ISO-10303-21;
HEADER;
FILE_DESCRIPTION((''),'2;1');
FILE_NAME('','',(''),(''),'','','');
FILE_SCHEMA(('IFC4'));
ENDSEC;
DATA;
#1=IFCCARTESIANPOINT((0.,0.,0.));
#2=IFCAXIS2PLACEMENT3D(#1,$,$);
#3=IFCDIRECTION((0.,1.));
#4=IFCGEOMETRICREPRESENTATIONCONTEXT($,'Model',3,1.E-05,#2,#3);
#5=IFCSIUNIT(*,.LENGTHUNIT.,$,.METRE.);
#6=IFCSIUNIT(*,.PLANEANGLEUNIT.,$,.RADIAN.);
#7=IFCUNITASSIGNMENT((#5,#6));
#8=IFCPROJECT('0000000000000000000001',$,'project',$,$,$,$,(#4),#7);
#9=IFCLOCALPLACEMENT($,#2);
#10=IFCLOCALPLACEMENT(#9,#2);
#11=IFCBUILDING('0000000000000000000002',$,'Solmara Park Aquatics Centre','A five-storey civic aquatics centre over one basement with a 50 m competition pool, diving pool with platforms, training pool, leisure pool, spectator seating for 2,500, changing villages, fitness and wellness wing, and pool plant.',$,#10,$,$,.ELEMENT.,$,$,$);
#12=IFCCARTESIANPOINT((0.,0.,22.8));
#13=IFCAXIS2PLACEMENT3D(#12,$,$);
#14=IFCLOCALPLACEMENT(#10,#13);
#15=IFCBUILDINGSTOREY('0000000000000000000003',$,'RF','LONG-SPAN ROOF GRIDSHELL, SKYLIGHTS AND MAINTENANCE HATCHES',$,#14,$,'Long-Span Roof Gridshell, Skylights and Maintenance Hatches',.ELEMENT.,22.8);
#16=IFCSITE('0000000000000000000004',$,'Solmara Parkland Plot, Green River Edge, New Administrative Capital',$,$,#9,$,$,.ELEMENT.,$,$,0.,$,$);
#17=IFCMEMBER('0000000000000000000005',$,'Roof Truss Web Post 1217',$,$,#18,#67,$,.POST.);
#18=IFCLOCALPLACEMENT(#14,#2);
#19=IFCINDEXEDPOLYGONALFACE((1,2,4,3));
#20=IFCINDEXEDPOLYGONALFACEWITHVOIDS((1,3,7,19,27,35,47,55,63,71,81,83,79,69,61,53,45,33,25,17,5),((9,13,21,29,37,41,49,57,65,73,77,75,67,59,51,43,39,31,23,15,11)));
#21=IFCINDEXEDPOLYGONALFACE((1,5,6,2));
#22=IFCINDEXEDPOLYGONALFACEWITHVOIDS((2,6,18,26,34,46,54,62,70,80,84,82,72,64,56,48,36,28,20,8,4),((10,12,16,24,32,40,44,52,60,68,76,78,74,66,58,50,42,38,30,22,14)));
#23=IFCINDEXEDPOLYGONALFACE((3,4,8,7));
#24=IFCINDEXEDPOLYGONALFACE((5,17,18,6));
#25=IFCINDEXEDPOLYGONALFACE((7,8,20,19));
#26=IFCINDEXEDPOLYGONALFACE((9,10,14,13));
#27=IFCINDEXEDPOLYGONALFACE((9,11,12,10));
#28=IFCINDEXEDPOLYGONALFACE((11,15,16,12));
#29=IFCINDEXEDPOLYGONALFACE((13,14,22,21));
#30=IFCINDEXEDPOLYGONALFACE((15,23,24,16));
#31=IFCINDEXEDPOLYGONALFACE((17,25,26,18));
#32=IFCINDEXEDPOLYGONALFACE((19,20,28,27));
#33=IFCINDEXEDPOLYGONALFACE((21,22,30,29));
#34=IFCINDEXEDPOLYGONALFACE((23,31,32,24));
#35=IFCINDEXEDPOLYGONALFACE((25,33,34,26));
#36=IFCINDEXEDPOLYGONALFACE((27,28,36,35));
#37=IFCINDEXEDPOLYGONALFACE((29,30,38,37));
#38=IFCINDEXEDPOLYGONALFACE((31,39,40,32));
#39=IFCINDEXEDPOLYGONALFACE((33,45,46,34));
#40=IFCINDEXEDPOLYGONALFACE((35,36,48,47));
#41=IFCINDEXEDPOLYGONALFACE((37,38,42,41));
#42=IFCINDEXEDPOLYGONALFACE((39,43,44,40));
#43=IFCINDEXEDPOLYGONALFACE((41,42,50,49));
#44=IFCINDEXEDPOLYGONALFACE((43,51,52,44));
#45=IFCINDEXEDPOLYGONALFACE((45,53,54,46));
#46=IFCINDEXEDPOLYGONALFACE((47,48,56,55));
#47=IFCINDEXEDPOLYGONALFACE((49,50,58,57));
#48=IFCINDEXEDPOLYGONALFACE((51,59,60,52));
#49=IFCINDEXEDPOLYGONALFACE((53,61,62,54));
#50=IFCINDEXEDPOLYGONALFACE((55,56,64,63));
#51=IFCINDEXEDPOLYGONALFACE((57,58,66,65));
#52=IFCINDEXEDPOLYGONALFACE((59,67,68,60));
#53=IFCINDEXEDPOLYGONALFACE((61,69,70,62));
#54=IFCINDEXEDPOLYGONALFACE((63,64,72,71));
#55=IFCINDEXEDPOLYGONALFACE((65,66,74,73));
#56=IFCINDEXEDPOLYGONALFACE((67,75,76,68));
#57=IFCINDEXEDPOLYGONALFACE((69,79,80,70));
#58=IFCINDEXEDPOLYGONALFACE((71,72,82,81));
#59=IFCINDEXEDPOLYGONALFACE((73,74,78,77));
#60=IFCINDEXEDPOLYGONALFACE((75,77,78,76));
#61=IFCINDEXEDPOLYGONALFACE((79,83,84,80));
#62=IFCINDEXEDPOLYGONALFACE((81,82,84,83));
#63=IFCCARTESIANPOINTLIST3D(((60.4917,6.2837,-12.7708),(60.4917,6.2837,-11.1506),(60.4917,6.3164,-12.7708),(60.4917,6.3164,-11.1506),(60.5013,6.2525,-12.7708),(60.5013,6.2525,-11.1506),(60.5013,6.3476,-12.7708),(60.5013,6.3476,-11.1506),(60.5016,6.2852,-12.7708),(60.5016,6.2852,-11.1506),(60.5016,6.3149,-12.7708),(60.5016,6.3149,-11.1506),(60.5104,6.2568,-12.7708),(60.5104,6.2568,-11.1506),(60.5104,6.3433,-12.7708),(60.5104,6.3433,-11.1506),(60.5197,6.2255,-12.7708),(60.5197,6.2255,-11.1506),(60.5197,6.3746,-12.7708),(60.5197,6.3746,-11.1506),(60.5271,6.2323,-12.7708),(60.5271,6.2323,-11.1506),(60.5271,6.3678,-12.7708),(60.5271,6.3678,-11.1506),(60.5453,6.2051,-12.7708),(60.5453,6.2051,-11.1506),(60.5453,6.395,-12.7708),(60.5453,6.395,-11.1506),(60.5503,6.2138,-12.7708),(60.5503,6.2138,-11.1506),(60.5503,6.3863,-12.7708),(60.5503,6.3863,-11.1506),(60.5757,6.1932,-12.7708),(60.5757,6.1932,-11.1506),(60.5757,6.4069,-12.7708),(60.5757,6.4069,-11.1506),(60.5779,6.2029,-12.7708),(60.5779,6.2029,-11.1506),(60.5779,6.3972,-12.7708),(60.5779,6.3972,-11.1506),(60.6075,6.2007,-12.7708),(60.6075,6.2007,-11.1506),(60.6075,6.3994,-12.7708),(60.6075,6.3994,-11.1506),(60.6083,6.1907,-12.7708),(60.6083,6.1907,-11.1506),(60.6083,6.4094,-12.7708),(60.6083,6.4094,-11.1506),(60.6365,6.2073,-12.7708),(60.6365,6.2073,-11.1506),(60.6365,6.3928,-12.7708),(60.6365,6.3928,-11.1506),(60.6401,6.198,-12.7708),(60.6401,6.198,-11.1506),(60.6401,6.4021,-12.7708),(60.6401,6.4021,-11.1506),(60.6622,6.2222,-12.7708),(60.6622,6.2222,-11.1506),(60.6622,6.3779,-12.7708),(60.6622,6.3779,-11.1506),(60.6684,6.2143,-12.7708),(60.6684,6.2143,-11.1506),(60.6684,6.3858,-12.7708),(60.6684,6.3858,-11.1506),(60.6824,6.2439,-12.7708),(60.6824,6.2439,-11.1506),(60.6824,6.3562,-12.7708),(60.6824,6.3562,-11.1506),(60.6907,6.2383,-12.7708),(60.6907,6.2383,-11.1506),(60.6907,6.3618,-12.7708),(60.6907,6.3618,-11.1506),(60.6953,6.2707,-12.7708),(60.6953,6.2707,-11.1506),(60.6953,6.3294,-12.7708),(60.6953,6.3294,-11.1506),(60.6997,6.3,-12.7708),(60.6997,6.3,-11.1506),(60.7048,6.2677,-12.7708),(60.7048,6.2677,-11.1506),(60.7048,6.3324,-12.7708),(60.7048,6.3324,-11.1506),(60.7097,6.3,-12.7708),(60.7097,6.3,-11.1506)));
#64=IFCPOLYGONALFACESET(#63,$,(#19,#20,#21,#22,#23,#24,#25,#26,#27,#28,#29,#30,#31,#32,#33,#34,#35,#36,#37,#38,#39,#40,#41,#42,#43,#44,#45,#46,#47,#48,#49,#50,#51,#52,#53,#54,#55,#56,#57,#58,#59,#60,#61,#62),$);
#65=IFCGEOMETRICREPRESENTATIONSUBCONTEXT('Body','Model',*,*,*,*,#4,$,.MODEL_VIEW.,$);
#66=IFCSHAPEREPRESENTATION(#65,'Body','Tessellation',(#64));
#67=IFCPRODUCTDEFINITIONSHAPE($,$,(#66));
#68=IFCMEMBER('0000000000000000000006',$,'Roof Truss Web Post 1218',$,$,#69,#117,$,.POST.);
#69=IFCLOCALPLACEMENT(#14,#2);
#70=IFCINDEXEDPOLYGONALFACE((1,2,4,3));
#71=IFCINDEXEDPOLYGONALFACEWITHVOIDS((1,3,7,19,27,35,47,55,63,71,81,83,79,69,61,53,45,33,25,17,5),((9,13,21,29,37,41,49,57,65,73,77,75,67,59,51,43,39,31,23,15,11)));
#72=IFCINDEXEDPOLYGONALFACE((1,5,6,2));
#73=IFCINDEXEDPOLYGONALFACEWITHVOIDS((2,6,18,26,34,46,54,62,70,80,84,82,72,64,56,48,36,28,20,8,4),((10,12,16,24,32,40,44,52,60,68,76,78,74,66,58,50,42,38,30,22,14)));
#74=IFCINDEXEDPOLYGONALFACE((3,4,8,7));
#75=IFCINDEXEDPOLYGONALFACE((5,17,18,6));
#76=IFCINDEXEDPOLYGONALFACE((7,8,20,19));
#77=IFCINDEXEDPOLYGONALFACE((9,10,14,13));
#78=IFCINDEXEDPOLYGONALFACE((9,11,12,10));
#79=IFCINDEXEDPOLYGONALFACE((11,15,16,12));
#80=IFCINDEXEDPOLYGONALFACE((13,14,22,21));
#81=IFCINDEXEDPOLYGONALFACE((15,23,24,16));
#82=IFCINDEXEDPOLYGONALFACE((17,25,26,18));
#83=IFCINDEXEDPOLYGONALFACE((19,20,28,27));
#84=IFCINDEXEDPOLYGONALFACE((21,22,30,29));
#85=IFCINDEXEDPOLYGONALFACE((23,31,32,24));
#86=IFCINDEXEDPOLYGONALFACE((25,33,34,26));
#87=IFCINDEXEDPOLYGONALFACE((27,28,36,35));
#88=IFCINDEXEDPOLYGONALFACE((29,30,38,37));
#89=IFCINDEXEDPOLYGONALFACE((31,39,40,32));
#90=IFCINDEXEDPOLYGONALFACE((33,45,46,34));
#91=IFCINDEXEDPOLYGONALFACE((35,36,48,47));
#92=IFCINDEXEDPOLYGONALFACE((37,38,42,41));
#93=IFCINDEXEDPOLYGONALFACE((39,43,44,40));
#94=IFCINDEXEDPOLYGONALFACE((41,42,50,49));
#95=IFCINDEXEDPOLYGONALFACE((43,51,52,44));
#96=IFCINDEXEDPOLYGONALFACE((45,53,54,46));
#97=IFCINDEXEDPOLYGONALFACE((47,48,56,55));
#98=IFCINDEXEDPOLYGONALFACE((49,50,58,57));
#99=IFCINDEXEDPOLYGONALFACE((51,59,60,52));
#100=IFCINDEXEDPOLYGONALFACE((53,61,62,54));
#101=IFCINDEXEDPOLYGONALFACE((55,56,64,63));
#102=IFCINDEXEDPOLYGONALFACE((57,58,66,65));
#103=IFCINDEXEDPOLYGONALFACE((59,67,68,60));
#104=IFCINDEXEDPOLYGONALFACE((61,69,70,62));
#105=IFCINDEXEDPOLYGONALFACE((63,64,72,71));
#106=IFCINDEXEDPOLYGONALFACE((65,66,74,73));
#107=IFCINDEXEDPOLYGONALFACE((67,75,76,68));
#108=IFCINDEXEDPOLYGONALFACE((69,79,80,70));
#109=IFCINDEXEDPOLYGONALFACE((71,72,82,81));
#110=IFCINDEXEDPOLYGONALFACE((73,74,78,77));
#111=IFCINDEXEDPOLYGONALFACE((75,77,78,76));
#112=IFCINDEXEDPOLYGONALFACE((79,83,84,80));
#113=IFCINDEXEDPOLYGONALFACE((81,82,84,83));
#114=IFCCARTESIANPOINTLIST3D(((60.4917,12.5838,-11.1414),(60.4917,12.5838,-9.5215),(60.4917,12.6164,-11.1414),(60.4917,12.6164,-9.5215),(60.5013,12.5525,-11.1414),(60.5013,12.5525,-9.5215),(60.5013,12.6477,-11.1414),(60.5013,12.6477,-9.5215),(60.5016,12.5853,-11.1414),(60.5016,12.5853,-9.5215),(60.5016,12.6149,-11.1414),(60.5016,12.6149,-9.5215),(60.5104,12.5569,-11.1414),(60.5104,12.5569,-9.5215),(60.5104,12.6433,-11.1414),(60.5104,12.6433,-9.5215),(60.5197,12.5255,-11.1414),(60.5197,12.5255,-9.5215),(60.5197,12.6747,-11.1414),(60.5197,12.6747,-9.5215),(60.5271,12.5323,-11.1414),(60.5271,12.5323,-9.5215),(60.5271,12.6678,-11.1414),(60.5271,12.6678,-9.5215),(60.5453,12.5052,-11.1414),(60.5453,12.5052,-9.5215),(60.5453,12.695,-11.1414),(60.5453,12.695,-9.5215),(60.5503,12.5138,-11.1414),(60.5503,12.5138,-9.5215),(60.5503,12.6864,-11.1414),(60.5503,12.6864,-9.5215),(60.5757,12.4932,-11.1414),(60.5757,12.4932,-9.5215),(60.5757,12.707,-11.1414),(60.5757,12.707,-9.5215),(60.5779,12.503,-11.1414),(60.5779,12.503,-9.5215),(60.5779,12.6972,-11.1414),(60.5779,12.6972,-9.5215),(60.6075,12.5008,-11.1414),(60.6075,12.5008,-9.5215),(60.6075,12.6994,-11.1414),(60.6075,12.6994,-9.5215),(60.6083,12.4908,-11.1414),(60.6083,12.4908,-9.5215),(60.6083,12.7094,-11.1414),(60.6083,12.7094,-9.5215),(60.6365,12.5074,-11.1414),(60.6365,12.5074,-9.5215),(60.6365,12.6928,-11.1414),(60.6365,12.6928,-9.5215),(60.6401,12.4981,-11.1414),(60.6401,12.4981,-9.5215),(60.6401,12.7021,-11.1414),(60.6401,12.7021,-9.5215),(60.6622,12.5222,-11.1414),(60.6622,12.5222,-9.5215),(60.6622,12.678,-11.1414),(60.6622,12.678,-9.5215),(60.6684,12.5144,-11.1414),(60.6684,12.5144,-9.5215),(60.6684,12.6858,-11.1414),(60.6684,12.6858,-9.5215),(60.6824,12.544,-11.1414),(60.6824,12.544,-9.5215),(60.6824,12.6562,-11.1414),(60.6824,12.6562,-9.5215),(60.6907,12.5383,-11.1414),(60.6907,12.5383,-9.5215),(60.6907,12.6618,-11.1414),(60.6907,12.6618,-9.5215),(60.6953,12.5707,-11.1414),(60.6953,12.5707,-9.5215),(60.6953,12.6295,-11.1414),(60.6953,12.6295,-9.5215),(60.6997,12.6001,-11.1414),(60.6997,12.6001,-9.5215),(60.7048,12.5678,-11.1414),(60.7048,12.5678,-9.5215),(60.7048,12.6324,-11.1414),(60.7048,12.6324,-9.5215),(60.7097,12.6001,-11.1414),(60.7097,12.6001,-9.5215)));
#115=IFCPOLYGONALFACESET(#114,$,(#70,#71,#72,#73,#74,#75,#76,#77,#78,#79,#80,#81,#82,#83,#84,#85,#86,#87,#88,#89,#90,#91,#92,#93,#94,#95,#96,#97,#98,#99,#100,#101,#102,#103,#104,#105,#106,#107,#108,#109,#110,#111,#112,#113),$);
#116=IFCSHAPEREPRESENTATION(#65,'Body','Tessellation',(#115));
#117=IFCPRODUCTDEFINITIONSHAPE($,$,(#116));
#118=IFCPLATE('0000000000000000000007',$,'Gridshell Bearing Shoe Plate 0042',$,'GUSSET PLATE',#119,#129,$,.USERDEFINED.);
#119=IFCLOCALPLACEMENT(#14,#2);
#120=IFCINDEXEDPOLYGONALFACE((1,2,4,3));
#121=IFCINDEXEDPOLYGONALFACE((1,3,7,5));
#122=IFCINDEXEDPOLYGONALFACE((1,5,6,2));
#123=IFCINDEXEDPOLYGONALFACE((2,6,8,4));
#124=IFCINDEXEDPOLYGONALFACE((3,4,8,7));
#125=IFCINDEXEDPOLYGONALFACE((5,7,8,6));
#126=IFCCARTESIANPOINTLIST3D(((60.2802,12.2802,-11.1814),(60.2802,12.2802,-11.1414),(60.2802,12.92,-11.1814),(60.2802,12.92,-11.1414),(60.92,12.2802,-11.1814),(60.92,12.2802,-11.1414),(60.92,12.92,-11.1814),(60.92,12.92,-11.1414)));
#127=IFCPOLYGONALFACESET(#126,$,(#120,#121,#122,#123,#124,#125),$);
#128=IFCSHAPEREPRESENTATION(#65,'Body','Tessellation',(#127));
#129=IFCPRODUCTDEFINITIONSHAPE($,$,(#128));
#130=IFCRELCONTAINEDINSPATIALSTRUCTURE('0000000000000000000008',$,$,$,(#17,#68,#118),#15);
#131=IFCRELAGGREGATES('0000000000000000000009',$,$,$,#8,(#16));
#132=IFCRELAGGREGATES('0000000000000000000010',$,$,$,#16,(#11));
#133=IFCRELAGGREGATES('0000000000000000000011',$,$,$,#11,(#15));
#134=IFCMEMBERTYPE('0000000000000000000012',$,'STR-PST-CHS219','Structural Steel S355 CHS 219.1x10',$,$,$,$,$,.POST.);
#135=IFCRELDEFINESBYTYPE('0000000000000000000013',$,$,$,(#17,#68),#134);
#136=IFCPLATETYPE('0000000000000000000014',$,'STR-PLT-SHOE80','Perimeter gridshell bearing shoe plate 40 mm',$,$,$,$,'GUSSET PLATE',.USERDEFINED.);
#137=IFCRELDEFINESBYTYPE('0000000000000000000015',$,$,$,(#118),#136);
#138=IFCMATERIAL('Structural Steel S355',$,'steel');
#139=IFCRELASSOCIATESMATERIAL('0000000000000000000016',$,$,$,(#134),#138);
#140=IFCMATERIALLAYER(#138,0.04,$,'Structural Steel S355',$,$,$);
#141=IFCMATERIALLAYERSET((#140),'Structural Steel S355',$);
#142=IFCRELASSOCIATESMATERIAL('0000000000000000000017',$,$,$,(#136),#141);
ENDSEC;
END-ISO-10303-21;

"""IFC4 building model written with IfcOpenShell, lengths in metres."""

from ifc_helpers import new_model, si_unit, direction, frame, origin, origin_2d, place, context, subcontext, project, spatial, rectangle, hollow_circle, extrude, material, layer, layer_set, material_profile, profile_set, type_object, element, save


model = new_model("IFC4")

# Units and contexts
model_context = context("Model", 3, precision=1e-05, world=origin(), true_north=direction((0.0, 1.0)))
body_context = subcontext(model_context, "Body", "Model", "MODEL_VIEW")
ifc_project = project(units=[si_unit("LENGTHUNIT", "METRE"), si_unit("PLANEANGLEUNIT", "RADIAN")], contexts=[model_context])

# Site, building, storey
site_placement = place(None, origin())
site = spatial("IfcSite", under=ifc_project, at=site_placement, Name="Solmara Parkland Plot, Green River Edge, New Administrative Capital", CompositionType="ELEMENT", RefElevation=0.0)
building_placement = place(site_placement, origin())
building = spatial("IfcBuilding", under=site, at=building_placement, Name="Solmara Park Aquatics Centre", Description="A five-storey civic aquatics centre over one basement with a 50 m competition pool, diving pool with platforms, training pool, leisure pool, spectator seating for 2,500, changing villages, fitness and wellness wing, and pool plant.", CompositionType="ELEMENT")
storey_placement = place(building_placement, frame((0.0, 0.0, 22.8)))
storey = spatial("IfcBuildingStorey", under=building, at=storey_placement, Name="RF", Description="LONG-SPAN ROOF GRIDSHELL, SKYLIGHTS AND MAINTENANCE HATCHES", LongName="Long-Span Roof Gridshell, Skylights and Maintenance Hatches", CompositionType="ELEMENT", Elevation=22.8)

# Members
ifc_material_1 = material(Name="Structural Steel S355", Category="steel")
ifc_material_profile_1 = material_profile(ifc_material_1, hollow_circle(Radius=0.1096, WallThickness=0.01, at=origin_2d()), Name="CHS 219.1x10")
ifc_profile_set_1 = profile_set([ifc_material_profile_1], Name="Structural Steel S355")
member_type_1 = type_object("IfcMemberType", Name="STR-PST-CHS219", Description="Structural Steel S355 CHS 219.1x10", PredefinedType="POST", material=ifc_profile_set_1)
member_1_placement = place(storey_placement, frame((60.6001, 6.3, -12.7708), z_axis=(0.0, 0.0, 1.0), x_axis=(1.0, 0.0, 0.0)))
element("IfcMember", 1, at=member_1_placement, inside=storey, type_object=member_type_1, Name="Roof Truss Web Post 1217", PredefinedType="POST", context=body_context, shape_type="SweptSolid", body=[
    extrude(hollow_circle(Radius=0.1096, WallThickness=0.01, at=origin_2d()), origin(), (0.0, 0.0, 1.0), 1.6201),
])
member_2_placement = place(storey_placement, frame((60.6001, 12.6001, -11.1414), z_axis=(0.0, 0.0, 1.0), x_axis=(1.0, 0.0, 0.0)))
element("IfcMember", 2, at=member_2_placement, inside=storey, type_object=member_type_1, Name="Roof Truss Web Post 1218", PredefinedType="POST", context=body_context, shape_type="SweptSolid", body=[
    extrude(hollow_circle(Radius=0.1096, WallThickness=0.01, at=origin_2d()), origin(), (0.0, 0.0, 1.0), 1.6199),
])

# Plate
ifc_layer = layer(ifc_material_1, 0.04, Name="Structural Steel S355")
ifc_layer_set = layer_set([ifc_layer], Name="Structural Steel S355")
plate_type = type_object("IfcPlateType", Name="STR-PLT-SHOE80", Description="Perimeter gridshell bearing shoe plate 40 mm", ElementType="GUSSET PLATE", PredefinedType="USERDEFINED", material=ifc_layer_set)
plate_placement = place(storey_placement, frame((60.6001, 12.6001, -11.1814), z_axis=(0.0, 0.0, 1.0), x_axis=(1.0, 0.0, 0.0)))
element("IfcPlate", 3, at=plate_placement, inside=storey, type_object=plate_type, Name="Gridshell Bearing Shoe Plate 0042", ObjectType="GUSSET PLATE", PredefinedType="USERDEFINED", context=body_context, shape_type="SweptSolid", body=[
    extrude(rectangle(XDim=0.6399, YDim=0.6399, at=origin_2d()), origin(), (0.0, 0.0, 1.0), 0.04),
])

save(model, "model.ifc")
